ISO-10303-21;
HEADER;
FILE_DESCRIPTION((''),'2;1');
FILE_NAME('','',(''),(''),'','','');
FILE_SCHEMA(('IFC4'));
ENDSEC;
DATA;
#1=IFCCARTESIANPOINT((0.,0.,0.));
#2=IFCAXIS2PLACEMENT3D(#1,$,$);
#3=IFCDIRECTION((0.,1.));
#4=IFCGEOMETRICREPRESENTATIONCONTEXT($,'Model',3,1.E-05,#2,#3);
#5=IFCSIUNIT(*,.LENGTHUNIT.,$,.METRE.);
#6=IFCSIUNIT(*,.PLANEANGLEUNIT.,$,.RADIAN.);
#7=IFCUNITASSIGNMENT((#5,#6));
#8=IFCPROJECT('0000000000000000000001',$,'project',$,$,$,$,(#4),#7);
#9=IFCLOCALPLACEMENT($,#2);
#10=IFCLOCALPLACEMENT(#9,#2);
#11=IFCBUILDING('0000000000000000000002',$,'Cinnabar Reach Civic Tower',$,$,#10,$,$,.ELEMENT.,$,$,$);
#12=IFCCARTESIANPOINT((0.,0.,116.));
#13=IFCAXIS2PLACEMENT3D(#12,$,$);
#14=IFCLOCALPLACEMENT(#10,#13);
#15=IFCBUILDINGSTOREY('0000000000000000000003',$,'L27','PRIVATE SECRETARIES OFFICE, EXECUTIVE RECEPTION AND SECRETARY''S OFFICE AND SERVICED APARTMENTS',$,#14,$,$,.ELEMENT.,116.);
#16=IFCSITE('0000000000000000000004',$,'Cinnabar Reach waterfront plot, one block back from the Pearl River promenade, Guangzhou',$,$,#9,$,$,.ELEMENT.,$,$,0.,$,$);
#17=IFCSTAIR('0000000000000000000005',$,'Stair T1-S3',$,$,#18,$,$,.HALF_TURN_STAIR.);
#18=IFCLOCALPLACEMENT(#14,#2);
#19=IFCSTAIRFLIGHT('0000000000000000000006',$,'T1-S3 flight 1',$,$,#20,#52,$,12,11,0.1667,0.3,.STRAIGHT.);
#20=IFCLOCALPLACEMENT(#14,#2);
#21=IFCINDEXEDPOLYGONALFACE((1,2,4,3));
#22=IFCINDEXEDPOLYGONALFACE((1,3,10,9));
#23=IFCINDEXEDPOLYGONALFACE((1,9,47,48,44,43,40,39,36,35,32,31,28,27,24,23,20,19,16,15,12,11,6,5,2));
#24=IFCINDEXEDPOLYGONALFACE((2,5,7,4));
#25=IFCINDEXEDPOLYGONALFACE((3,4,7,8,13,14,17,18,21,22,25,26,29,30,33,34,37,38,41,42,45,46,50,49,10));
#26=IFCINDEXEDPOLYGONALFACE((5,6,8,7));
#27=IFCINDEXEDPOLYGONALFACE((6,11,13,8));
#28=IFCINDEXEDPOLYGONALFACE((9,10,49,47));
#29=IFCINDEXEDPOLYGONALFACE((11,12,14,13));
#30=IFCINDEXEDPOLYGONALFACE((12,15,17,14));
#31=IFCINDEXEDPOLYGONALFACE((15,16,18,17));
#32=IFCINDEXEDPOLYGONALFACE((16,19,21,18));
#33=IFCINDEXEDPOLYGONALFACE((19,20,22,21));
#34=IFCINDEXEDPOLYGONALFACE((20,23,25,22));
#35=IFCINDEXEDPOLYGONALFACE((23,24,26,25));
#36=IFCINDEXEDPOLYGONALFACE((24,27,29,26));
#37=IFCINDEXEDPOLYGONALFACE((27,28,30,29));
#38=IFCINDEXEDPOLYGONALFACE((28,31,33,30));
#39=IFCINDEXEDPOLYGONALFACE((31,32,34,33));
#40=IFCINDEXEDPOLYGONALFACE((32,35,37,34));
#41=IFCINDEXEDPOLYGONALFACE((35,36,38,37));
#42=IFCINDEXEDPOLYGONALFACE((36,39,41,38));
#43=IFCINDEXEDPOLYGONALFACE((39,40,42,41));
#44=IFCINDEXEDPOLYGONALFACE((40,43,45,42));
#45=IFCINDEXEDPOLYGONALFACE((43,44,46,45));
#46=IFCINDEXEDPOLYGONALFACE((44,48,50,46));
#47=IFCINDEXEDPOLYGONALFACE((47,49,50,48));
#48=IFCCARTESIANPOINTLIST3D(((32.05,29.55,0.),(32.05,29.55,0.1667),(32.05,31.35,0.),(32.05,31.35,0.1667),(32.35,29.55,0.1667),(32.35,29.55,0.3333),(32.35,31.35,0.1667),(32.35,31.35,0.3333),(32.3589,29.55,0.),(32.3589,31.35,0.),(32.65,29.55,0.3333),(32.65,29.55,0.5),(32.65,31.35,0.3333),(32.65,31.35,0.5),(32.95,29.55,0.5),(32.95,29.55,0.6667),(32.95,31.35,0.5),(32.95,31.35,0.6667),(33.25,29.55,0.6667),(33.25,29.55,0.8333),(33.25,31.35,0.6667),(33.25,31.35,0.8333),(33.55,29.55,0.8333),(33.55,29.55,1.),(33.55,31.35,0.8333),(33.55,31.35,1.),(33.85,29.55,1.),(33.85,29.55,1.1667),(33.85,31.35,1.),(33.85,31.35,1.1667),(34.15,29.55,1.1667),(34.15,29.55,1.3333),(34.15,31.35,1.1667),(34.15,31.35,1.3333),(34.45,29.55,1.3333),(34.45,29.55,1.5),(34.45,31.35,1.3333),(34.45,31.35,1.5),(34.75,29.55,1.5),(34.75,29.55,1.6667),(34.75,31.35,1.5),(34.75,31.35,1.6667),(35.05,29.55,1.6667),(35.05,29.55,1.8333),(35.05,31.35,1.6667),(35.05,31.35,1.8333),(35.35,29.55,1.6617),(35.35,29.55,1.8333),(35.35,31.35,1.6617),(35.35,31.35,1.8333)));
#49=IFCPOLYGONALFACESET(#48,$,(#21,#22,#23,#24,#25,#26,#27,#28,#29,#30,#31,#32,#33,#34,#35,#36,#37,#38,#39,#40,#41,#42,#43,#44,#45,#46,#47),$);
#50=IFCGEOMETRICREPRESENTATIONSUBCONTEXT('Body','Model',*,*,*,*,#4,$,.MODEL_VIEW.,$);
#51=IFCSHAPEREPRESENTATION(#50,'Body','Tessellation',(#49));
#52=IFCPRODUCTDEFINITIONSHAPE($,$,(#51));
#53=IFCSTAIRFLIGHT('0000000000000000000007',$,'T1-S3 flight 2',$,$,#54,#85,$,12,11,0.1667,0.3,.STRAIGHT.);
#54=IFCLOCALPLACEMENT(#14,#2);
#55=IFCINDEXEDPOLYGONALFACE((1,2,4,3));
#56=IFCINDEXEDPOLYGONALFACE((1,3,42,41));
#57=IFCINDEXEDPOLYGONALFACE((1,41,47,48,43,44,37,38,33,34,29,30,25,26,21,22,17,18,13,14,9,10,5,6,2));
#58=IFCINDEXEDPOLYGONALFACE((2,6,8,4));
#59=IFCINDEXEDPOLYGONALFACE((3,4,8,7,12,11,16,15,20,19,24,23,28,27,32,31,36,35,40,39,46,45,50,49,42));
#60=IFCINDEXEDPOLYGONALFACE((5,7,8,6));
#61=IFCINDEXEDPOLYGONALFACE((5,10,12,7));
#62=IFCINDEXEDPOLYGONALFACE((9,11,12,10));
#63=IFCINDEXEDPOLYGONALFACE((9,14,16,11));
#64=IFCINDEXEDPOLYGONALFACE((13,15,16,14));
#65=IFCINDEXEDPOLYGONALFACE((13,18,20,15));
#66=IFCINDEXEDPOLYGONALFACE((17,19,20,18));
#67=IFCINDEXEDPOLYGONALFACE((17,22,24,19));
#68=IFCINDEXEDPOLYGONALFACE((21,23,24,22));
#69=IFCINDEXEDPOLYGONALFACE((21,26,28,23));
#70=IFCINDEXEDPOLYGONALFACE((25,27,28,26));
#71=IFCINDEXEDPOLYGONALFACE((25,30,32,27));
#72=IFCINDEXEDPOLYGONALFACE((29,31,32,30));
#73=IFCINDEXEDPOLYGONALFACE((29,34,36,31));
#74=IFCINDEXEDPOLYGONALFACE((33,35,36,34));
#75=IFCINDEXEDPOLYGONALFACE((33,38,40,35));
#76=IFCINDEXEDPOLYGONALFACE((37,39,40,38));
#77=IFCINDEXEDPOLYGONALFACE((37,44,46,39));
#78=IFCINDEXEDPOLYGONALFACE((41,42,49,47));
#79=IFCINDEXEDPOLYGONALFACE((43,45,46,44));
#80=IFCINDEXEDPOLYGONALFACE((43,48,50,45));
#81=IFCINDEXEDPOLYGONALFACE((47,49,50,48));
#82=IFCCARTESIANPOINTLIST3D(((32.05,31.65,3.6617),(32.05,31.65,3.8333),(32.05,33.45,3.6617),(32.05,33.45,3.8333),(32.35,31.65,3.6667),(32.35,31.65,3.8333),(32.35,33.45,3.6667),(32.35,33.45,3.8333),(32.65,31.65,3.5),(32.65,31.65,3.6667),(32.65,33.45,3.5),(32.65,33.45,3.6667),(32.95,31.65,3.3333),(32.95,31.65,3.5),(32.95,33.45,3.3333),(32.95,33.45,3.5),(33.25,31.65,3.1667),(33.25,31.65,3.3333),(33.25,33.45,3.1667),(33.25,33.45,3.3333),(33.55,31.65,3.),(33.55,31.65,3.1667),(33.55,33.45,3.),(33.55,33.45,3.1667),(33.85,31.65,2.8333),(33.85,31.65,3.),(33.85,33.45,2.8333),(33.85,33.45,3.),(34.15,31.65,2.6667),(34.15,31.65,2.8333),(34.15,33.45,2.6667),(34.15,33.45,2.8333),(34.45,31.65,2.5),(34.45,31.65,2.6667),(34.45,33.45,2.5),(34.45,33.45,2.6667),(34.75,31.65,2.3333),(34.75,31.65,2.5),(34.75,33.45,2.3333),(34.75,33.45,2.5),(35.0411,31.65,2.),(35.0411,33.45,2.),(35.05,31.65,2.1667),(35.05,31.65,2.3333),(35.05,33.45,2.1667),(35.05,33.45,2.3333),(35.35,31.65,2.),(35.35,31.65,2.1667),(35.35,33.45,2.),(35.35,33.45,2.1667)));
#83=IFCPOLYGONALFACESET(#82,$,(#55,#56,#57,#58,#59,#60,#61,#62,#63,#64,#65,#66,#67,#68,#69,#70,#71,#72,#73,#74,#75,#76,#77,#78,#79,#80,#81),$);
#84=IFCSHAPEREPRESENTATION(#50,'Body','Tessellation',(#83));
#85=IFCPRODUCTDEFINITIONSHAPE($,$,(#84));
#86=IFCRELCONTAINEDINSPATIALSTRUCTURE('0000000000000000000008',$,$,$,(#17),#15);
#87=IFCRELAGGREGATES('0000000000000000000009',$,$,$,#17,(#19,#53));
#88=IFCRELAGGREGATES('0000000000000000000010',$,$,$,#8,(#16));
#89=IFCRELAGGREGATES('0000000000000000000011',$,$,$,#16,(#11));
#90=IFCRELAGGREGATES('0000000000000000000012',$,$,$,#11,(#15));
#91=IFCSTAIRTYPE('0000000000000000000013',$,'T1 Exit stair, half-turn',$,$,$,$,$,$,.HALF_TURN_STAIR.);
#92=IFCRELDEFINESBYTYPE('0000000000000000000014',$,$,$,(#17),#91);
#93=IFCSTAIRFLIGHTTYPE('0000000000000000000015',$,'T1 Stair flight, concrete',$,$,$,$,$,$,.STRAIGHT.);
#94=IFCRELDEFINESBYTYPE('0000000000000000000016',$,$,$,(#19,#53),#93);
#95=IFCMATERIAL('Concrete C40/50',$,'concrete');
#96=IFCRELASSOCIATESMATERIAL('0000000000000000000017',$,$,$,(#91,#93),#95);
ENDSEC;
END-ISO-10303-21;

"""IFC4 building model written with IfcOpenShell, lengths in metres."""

from ifc_helpers import new_model, si_unit, direction, frame, origin, place, context, subcontext, project, spatial, polyline, outline, extrude, material, type_object, element, aggregate, save


model = new_model("IFC4")

# Units and contexts
model_context = context("Model", 3, precision=1e-05, world=origin(), true_north=direction((0.0, 1.0)))
body_context = subcontext(model_context, "Body", "Model", "MODEL_VIEW")
ifc_project = project(units=[si_unit("LENGTHUNIT", "METRE"), si_unit("PLANEANGLEUNIT", "RADIAN")], contexts=[model_context])

# Site, building, storey
site_placement = place(None, origin())
site = spatial("IfcSite", under=ifc_project, at=site_placement, Name="Cinnabar Reach waterfront plot, one block back from the Pearl River promenade, Guangzhou", CompositionType="ELEMENT", RefElevation=0.0)
building_placement = place(site_placement, origin())
building = spatial("IfcBuilding", under=site, at=building_placement, Name="Cinnabar Reach Civic Tower", CompositionType="ELEMENT")
storey_placement = place(building_placement, frame((0.0, 0.0, 116.0)))
storey = spatial("IfcBuildingStorey", under=building, at=storey_placement, Name="L27", Description="PRIVATE SECRETARIES OFFICE, EXECUTIVE RECEPTION AND SECRETARY'S OFFICE AND SERVICED APARTMENTS", CompositionType="ELEMENT", Elevation=116.0)

# Stair, stair flights
ifc_material_1 = material(Name="Concrete C40/50", Category="concrete")
stair_type = type_object("IfcStairType", Name="T1 Exit stair, half-turn", PredefinedType="HALF_TURN_STAIR", material=ifc_material_1)
stair_placement = place(storey_placement, origin())
stair = element("IfcStair", 1, at=stair_placement, inside=storey, type_object=stair_type, Name="Stair T1-S3", PredefinedType="HALF_TURN_STAIR")
stair_flight_type = type_object("IfcStairFlightType", Name="T1 Stair flight, concrete", PredefinedType="STRAIGHT", material=ifc_material_1)
stair_flight_1_placement = place(storey_placement, frame((32.05, 30.45, 0.0), z_axis=(0.0, 0.0, 1.0), x_axis=(1.0, 0.0, 0.0)))
stair_flight_1 = element("IfcStairFlight", 2, at=stair_flight_1_placement, type_object=stair_flight_type, Name="T1-S3 flight 1", NumberOfRisers=12, NumberOfTreads=11, PredefinedType="STRAIGHT", RiserHeight=0.1667, TreadLength=0.3, context=body_context, shape_type="SweptSolid", body=[
    extrude(outline(polyline([(0.0, 0.0), (0.0, 0.1667), (0.3, 0.1667), (0.3, 0.3333), (0.6, 0.3333), (0.6, 0.5), (0.9, 0.5), (0.9, 0.6667), (1.2, 0.6667), (1.2, 0.8333), (1.5, 0.8333), (1.5, 1.0), (1.8, 1.0), (1.8, 1.1667), (2.1, 1.1667), (2.1, 1.3333), (2.4, 1.3333), (2.4, 1.5), (2.7, 1.5), (2.7, 1.6667), (3.0, 1.6667), (3.0, 1.8333), (3.3, 1.8333), (3.3, 2.0), (3.3, 1.6617), (0.3089, 0.0), (0.0, 0.0)])), frame((0.0, 0.9, 0.0), z_axis=(0.0, -1.0, 0.0), x_axis=(1.0, 0.0, 0.0)), (0.0, 0.0, 1.0), 1.8),
])
stair_flight_2_placement = place(storey_placement, frame((35.35, 32.55, 2.0), z_axis=(0.0, 0.0, 1.0), x_axis=(-1.0, 0.0, 0.0)))
stair_flight_2 = element("IfcStairFlight", 3, at=stair_flight_2_placement, type_object=stair_flight_type, Name="T1-S3 flight 2", NumberOfRisers=12, NumberOfTreads=11, PredefinedType="STRAIGHT", RiserHeight=0.1667, TreadLength=0.3, context=body_context, shape_type="SweptSolid", body=[
    extrude(outline(polyline([(0.0, 0.0), (0.0, 0.1667), (0.3, 0.1667), (0.3, 0.3333), (0.6, 0.3333), (0.6, 0.5), (0.9, 0.5), (0.9, 0.6667), (1.2, 0.6667), (1.2, 0.8333), (1.5, 0.8333), (1.5, 1.0), (1.8, 1.0), (1.8, 1.1667), (2.1, 1.1667), (2.1, 1.3333), (2.4, 1.3333), (2.4, 1.5), (2.7, 1.5), (2.7, 1.6667), (3.0, 1.6667), (3.0, 1.8333), (3.3, 1.8333), (3.3, 2.0), (3.3, 1.6617), (0.3089, 0.0), (0.0, 0.0)])), frame((0.0, 0.9, 0.0), z_axis=(0.0, -1.0, 0.0), x_axis=(1.0, 0.0, 0.0)), (0.0, 0.0, 1.0), 1.8),
])
aggregate(stair, [stair_flight_1, stair_flight_2])

save(model, "model.ifc")
